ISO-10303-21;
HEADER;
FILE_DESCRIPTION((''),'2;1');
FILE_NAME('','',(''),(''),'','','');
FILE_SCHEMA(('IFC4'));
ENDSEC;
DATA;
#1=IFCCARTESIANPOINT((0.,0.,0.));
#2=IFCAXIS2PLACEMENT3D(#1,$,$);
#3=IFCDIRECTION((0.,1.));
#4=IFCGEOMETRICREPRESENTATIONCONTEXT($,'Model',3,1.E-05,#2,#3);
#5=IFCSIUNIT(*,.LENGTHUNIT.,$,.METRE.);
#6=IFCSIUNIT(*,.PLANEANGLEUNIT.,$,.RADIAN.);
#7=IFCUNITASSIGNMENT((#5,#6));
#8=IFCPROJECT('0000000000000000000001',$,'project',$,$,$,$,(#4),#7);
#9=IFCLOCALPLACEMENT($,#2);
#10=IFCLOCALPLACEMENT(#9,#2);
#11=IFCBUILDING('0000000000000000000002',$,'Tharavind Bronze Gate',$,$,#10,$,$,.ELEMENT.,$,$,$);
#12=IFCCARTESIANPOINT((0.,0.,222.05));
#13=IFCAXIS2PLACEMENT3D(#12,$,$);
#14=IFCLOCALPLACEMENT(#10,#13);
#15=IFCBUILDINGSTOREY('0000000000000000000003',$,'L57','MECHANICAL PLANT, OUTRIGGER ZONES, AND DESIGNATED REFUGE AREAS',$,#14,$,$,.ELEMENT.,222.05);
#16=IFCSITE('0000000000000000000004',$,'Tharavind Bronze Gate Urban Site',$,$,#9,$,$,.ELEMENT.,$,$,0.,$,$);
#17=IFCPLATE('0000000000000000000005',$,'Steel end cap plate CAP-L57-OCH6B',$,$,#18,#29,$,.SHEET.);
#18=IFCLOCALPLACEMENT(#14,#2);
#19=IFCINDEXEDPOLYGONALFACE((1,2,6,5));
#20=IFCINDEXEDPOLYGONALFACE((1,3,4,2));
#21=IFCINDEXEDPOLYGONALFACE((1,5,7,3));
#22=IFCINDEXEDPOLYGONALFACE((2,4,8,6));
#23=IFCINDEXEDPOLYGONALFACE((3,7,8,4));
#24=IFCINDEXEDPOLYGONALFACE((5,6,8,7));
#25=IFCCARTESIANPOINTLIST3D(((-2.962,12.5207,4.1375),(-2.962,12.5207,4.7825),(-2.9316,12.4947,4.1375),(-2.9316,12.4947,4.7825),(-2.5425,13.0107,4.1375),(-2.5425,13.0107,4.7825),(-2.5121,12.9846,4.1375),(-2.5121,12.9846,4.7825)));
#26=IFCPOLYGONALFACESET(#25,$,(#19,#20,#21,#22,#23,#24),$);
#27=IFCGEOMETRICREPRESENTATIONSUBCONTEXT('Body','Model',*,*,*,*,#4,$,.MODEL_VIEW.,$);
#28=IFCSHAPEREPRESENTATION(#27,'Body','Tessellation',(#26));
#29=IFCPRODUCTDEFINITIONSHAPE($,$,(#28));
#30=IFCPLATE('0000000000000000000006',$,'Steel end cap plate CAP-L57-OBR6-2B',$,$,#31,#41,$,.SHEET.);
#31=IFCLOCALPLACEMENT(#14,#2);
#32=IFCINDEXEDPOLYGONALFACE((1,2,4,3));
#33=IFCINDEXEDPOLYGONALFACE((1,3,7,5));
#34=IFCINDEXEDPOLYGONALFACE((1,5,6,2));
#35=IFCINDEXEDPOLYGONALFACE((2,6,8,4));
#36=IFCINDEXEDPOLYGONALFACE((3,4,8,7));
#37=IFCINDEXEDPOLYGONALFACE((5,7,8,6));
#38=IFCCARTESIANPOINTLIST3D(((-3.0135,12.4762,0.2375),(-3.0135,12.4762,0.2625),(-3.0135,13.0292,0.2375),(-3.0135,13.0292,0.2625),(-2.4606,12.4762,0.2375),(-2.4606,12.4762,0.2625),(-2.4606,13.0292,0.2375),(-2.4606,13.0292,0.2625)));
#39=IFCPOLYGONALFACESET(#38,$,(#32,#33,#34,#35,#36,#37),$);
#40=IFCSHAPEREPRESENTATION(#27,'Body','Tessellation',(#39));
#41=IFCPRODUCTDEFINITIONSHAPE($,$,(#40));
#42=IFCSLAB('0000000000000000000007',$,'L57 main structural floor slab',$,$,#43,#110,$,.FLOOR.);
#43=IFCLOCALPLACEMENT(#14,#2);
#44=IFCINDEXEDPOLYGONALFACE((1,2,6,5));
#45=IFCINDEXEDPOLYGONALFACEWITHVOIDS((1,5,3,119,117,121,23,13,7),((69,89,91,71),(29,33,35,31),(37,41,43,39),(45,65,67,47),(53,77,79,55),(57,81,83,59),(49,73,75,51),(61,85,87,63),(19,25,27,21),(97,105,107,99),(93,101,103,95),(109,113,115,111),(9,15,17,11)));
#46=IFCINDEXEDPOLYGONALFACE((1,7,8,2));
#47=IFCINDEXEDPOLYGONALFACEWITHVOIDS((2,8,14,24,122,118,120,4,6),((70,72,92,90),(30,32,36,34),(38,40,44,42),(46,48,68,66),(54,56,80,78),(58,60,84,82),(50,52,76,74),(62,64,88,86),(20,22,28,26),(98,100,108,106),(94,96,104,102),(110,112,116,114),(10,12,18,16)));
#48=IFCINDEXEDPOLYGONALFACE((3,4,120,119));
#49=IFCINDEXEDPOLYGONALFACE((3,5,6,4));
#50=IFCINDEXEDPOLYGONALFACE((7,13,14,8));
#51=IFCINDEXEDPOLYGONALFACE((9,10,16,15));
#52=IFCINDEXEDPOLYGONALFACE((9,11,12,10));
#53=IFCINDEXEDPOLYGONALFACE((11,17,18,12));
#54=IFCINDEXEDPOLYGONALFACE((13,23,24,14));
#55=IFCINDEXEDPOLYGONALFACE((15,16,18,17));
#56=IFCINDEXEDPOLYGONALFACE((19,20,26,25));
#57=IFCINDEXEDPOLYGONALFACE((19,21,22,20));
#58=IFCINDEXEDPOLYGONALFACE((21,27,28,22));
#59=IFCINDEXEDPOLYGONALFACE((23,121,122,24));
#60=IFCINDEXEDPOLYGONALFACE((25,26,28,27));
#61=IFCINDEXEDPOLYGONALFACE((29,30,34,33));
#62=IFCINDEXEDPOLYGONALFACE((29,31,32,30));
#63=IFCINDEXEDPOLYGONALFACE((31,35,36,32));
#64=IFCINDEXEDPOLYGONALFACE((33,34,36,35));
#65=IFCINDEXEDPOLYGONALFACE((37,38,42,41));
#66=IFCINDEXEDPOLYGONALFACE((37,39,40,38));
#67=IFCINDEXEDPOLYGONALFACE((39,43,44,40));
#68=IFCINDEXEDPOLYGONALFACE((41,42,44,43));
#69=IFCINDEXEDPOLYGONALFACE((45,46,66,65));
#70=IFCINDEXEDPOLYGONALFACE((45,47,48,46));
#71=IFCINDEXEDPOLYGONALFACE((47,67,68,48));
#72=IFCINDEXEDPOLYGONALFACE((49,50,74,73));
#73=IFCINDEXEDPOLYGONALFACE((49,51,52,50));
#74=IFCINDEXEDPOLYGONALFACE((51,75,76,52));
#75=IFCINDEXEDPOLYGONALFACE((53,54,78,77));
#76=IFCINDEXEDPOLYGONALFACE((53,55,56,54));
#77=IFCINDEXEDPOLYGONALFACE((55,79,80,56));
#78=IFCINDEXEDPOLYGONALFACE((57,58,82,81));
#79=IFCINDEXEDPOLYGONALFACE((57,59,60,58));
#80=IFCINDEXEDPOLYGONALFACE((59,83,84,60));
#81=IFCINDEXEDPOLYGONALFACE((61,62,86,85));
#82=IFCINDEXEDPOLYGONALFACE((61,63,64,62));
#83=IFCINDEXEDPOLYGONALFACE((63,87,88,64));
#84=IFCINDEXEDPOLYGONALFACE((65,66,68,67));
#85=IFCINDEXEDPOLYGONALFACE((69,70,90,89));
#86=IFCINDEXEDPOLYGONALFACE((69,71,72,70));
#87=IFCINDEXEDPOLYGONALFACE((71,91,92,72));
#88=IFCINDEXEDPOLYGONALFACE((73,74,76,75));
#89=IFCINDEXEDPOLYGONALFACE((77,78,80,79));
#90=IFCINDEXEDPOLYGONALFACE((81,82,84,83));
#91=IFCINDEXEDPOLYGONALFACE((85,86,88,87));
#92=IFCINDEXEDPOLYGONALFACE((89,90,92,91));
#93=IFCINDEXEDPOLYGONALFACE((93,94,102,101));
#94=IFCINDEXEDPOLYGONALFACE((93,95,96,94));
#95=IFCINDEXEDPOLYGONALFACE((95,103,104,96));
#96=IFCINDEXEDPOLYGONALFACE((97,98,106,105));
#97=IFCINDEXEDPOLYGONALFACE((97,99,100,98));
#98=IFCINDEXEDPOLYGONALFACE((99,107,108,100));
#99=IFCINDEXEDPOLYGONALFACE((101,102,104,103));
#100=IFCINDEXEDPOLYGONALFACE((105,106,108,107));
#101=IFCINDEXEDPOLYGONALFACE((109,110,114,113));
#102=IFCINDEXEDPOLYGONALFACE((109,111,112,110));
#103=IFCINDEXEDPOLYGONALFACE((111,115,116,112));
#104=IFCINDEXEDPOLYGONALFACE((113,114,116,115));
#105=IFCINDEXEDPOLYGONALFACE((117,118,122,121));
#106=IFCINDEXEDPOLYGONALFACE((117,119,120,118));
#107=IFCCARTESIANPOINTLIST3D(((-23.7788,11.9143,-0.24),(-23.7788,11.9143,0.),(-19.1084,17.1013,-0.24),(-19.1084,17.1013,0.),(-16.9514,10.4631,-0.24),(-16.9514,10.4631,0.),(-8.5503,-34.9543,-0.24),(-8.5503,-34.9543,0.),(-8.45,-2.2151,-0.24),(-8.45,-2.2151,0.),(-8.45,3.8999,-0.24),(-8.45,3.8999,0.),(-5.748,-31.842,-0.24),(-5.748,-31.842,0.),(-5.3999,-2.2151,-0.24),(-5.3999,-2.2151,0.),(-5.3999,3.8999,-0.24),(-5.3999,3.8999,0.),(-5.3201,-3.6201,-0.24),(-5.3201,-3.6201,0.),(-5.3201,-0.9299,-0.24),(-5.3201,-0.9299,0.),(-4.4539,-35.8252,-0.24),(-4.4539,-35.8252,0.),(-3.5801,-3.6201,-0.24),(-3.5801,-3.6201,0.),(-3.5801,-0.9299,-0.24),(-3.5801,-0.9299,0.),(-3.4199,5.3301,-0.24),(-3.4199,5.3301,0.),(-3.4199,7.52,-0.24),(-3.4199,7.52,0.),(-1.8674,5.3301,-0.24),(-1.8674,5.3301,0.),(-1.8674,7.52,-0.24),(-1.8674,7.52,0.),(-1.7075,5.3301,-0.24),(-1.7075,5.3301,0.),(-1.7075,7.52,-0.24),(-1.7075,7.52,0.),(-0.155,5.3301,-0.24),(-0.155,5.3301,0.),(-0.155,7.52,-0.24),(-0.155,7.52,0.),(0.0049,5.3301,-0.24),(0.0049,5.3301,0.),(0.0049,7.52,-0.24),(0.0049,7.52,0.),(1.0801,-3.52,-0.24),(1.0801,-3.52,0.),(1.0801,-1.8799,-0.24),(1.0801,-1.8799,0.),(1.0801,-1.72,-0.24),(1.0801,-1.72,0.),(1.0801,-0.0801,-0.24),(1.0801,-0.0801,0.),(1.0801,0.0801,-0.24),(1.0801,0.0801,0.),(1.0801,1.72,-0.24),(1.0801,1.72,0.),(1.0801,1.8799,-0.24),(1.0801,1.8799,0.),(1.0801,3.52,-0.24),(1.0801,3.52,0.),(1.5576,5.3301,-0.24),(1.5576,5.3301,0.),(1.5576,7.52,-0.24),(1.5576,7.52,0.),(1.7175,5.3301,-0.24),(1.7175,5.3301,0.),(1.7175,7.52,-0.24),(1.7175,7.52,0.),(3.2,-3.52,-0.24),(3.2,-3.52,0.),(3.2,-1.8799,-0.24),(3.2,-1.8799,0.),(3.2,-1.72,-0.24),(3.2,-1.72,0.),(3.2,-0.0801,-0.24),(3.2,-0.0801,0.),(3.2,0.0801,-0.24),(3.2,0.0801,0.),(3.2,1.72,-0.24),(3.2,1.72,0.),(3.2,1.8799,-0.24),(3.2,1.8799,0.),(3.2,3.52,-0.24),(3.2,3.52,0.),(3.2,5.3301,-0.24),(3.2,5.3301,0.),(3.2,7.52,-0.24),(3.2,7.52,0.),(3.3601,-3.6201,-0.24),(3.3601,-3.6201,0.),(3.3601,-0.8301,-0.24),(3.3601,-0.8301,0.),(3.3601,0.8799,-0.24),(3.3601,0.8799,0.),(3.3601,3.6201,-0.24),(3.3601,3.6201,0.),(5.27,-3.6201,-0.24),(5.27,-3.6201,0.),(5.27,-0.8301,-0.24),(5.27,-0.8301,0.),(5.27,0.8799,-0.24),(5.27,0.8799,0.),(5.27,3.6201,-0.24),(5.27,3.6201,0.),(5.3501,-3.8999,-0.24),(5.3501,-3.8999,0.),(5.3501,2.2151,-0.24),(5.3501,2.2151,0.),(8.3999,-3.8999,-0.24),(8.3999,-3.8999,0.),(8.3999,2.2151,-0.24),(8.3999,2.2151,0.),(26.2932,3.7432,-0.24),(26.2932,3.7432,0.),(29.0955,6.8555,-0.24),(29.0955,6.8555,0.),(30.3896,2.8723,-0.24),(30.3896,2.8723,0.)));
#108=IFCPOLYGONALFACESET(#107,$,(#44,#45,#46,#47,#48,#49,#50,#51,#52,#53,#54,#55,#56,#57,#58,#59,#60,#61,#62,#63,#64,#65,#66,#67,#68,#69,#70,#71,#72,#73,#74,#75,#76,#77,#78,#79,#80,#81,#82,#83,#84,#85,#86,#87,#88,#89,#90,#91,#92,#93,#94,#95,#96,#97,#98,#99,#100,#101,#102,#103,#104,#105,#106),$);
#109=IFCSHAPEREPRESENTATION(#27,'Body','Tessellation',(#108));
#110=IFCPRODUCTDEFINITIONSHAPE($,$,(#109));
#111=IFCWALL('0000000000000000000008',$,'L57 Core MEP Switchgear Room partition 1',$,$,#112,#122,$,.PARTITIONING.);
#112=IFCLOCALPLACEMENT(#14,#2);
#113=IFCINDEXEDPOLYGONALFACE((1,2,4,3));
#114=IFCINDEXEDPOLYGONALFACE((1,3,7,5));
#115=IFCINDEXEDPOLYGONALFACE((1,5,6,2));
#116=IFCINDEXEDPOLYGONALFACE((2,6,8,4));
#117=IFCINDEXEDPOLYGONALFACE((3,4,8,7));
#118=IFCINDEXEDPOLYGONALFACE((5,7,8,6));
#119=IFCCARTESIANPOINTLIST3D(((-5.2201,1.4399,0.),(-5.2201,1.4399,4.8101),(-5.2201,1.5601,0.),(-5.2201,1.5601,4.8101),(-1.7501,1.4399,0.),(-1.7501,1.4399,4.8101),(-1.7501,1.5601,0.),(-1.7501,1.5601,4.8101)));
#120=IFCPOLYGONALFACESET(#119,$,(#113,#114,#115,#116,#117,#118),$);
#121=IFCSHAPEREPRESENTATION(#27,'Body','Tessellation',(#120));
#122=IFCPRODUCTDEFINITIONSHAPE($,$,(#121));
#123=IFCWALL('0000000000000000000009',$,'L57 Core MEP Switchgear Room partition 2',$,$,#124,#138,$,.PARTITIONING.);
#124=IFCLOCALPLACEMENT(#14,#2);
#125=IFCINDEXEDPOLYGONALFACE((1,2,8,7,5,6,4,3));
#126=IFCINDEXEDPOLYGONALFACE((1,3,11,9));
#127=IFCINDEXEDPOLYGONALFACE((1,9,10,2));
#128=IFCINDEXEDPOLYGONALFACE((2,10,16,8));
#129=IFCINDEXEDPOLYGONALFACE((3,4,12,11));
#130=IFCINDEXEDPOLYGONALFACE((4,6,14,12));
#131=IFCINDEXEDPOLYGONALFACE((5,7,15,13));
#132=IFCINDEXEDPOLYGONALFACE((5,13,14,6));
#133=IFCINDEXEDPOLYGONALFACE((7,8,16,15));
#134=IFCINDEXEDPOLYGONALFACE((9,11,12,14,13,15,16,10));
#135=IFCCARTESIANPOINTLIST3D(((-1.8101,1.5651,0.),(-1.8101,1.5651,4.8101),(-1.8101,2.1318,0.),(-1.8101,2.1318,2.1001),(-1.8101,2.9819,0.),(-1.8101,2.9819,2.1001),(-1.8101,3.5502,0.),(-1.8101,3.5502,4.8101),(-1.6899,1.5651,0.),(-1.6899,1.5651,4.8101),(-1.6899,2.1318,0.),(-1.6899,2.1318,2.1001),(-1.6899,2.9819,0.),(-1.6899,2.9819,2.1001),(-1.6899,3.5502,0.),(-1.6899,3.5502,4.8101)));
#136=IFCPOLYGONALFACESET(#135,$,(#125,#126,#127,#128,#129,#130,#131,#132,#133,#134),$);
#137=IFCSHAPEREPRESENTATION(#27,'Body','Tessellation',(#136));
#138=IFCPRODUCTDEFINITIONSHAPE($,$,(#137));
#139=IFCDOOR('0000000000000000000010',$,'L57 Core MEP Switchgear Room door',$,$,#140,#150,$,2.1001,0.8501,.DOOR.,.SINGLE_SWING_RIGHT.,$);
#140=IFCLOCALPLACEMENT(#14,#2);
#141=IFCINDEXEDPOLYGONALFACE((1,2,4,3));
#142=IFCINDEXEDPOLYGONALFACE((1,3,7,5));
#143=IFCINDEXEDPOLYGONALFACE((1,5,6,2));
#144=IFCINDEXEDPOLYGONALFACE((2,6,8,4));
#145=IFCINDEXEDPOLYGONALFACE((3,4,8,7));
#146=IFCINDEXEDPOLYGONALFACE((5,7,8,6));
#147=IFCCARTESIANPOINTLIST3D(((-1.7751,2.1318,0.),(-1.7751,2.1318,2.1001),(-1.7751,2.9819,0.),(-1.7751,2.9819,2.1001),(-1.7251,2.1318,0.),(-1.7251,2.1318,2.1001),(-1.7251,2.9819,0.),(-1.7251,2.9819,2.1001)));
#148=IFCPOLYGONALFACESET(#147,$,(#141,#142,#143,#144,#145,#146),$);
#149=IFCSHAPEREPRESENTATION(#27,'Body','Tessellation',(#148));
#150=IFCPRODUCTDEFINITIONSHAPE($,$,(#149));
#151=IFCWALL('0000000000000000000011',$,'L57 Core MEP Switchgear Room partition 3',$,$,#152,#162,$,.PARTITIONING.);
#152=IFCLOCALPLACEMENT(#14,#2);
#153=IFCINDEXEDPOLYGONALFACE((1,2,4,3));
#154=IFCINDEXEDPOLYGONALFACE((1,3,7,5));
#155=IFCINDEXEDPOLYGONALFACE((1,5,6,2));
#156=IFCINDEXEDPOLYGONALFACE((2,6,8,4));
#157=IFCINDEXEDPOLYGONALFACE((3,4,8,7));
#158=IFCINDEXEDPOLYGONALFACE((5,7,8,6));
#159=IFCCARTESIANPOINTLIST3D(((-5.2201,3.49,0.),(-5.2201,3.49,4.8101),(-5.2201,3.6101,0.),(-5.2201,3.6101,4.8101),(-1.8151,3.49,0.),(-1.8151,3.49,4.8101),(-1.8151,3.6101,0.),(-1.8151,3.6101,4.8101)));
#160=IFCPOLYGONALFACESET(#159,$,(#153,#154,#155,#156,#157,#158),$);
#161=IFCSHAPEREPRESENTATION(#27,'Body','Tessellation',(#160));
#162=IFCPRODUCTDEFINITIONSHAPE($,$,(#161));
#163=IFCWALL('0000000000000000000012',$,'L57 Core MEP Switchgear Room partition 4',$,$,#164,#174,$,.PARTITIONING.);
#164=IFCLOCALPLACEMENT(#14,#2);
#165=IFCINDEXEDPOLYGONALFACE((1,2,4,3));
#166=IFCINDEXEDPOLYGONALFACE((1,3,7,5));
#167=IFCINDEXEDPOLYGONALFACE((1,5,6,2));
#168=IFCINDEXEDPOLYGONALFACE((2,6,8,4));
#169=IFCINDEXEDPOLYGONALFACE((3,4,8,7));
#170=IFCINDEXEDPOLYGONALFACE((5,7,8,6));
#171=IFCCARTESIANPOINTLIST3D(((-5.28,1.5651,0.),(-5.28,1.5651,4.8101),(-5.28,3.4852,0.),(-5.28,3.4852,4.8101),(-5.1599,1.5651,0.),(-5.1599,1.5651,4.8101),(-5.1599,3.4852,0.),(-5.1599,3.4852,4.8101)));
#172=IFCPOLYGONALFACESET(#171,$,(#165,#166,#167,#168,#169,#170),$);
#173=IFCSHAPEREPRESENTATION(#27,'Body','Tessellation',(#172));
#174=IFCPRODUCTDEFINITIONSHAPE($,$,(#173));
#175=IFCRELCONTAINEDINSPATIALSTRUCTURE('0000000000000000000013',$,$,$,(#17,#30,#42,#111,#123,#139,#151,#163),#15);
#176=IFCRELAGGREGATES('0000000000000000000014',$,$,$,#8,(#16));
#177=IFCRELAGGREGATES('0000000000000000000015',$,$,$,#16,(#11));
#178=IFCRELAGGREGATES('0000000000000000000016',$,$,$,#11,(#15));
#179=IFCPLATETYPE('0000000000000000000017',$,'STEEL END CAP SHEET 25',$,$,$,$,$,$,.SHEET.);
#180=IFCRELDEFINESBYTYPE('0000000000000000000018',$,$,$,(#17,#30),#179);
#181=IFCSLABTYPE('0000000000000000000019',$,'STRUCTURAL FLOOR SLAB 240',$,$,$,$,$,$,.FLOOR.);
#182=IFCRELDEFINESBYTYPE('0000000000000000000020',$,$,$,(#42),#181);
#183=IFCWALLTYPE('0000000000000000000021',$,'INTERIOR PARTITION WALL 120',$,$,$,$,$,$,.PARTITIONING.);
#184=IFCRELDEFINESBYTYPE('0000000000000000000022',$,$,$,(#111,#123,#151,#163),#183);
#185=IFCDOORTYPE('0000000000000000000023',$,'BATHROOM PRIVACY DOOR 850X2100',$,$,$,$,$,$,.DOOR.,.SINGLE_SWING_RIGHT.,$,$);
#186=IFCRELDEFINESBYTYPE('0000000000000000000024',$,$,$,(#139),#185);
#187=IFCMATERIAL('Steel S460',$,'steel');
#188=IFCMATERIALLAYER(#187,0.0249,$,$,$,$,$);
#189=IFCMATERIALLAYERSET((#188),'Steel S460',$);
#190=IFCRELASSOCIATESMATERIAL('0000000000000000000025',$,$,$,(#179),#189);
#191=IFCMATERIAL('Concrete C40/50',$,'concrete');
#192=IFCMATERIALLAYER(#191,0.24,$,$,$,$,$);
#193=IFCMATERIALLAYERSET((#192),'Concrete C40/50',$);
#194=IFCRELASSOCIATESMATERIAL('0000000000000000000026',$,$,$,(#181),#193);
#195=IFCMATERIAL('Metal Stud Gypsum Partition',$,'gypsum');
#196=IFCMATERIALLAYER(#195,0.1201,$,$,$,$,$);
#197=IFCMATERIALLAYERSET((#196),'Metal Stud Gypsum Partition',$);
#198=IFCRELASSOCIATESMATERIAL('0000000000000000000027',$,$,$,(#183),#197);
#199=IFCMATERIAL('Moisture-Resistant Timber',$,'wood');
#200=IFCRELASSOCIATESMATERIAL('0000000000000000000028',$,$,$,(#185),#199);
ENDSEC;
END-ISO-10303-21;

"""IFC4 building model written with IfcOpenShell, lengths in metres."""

from ifc_helpers import new_model, si_unit, direction, frame, frame_2d, origin, origin_2d, place, context, subcontext, project, spatial, polyline, rectangle, outline, extrude, material, layer, layer_set, type_object, element, fill, save


model = new_model("IFC4")

# Units and contexts
model_context = context("Model", 3, precision=1e-05, world=origin(), true_north=direction((0.0, 1.0)))
body_context = subcontext(model_context, "Body", "Model", "MODEL_VIEW")
ifc_project = project(units=[si_unit("LENGTHUNIT", "METRE"), si_unit("PLANEANGLEUNIT", "RADIAN")], contexts=[model_context])

# Site, building, storey
site_placement = place(None, origin())
site = spatial("IfcSite", under=ifc_project, at=site_placement, Name="Tharavind Bronze Gate Urban Site", CompositionType="ELEMENT", RefElevation=0.0)
building_placement = place(site_placement, origin())
building = spatial("IfcBuilding", under=site, at=building_placement, Name="Tharavind Bronze Gate", CompositionType="ELEMENT")
storey_placement = place(building_placement, frame((0.0, 0.0, 222.05)))
storey = spatial("IfcBuildingStorey", under=building, at=storey_placement, Name="L57", Description="MECHANICAL PLANT, OUTRIGGER ZONES, AND DESIGNATED REFUGE AREAS", CompositionType="ELEMENT", Elevation=222.05)

# Shared definitions
ifc_material_1 = material(Name="Steel S460", Category="steel")

# Shared definitions
ifc_material_2 = material(Name="Concrete C40/50", Category="concrete")

# Plates
ifc_layer_1 = layer(ifc_material_1, 0.0249)
ifc_layer_set_1 = layer_set([ifc_layer_1], Name="Steel S460")
plate_type = type_object("IfcPlateType", Name="STEEL END CAP SHEET 25", PredefinedType="SHEET", material=ifc_layer_set_1)
plate_1_placement = place(storey_placement, frame((-2.7371, 12.7527, 4.1375), z_axis=(0.0, 0.0, 1.0), x_axis=(-0.759563, 0.650434, 0.0)))
element("IfcPlate", 1, at=plate_1_placement, inside=storey, type_object=plate_type, Name="Steel end cap plate CAP-L57-OCH6B", PredefinedType="SHEET", context=body_context, shape_type="SweptSolid", body=[
    extrude(rectangle(XDim=0.04, YDim=0.645, at=origin_2d()), origin(), (0.0, 0.0, 1.0), 0.645),
])
plate_2_placement = place(storey_placement, frame((-2.7371, 12.7527, 0.2375), z_axis=(0.0, 0.0, 1.0), x_axis=(1.0, 0.0, 0.0)))
element("IfcPlate", 2, at=plate_2_placement, inside=storey, type_object=plate_type, Name="Steel end cap plate CAP-L57-OBR6-2B", PredefinedType="SHEET", context=body_context, shape_type="SweptSolid", body=[
    extrude(rectangle(XDim=0.553, YDim=0.553, at=origin_2d()), origin(), (0.0, 0.0, 1.0), 0.0249),
])

# Slab
ifc_layer_2 = layer(ifc_material_2, 0.24)
ifc_layer_set_2 = layer_set([ifc_layer_2], Name="Concrete C40/50")
slab_type_1 = type_object("IfcSlabType", Name="STRUCTURAL FLOOR SLAB 240", PredefinedType="FLOOR", material=ifc_layer_set_2)
slab_1_placement = place(storey_placement, frame((0.0, 0.0, -0.24)))
element("IfcSlab", 3, at=slab_1_placement, inside=storey, type_object=slab_type_1, Name="L57 main structural floor slab", PredefinedType="FLOOR", context=body_context, shape_type="SweptSolid", body=[
    extrude(outline(polyline([(-19.1084, 17.1013), (-16.9514, 10.4631), (-23.7788, 11.9143), (-8.5503, -34.9543), (-5.748, -31.842), (-4.4539, -35.8252), (30.3896, 2.8723), (26.2932, 3.7432), (29.0955, 6.8555), (-19.1084, 17.1013)]), holes=[polyline([(-5.3999, -2.2151), (-5.3999, 3.8999), (-8.45, 3.8999), (-8.45, -2.2151), (-5.3999, -2.2151)]), polyline([(5.3501, 2.2151), (5.3501, -3.8999), (8.3999, -3.8999), (8.3999, 2.2151), (5.3501, 2.2151)]), polyline([(-3.4199, 5.3301), (-1.8674, 5.3301), (-1.8674, 7.52), (-3.4199, 7.52), (-3.4199, 5.3301)]), polyline([(-1.7075, 5.3301), (-0.155, 5.3301), (-0.155, 7.52), (-1.7075, 7.52), (-1.7075, 5.3301)]), polyline([(0.0049, 5.3301), (1.5576, 5.3301), (1.5576, 7.52), (0.0049, 7.52), (0.0049, 5.3301)]), polyline([(1.7175, 5.3301), (3.2, 5.3301), (3.2, 7.52), (1.7175, 7.52), (1.7175, 5.3301)]), polyline([(1.0801, -3.52), (3.2, -3.52), (3.2, -1.8799), (1.0801, -1.8799), (1.0801, -3.52)]), polyline([(1.0801, -1.72), (3.2, -1.72), (3.2, -0.0801), (1.0801, -0.0801), (1.0801, -1.72)]), polyline([(1.0801, 0.0801), (3.2, 0.0801), (3.2, 1.72), (1.0801, 1.72), (1.0801, 0.0801)]), polyline([(1.0801, 1.8799), (3.2, 1.8799), (3.2, 3.52), (1.0801, 3.52), (1.0801, 1.8799)]), polyline([(-5.3201, -3.6201), (-3.5801, -3.6201), (-3.5801, -0.9299), (-5.3201, -0.9299), (-5.3201, -3.6201)]), polyline([(3.3601, 0.8799), (5.27, 0.8799), (5.27, 3.6201), (3.3601, 3.6201), (3.3601, 0.8799)]), polyline([(3.3601, -3.6201), (5.27, -3.6201), (5.27, -0.8301), (3.3601, -0.8301), (3.3601, -3.6201)])]), origin(), (0.0, 0.0, 1.0), 0.24),
])

# Wall
ifc_material_3 = material(Name="Metal Stud Gypsum Partition", Category="gypsum")
ifc_layer_3 = layer(ifc_material_3, 0.1201)
ifc_layer_set_3 = layer_set([ifc_layer_3], Name="Metal Stud Gypsum Partition")
wall_type_1 = type_object("IfcWallType", Name="INTERIOR PARTITION WALL 120", PredefinedType="PARTITIONING", material=ifc_layer_set_3)
wall_1_placement = place(storey_placement, frame((-5.22, 1.5, 0.0), z_axis=(0.0, 0.0, 1.0), x_axis=(1.0, 0.0, 0.0)))
element("IfcWall", 4, at=wall_1_placement, inside=storey, type_object=wall_type_1, Name="L57 Core MEP Switchgear Room partition 1", PredefinedType="PARTITIONING", context=body_context, shape_type="SweptSolid", body=[
    extrude(rectangle(XDim=3.47, YDim=0.1201, at=frame_2d((1.7349, 0.0))), origin(), (0.0, 0.0, 1.0), 4.8101),
])

# Wall, opening, door
wall_2_placement = place(storey_placement, frame((-1.75, 1.5649, 0.0), z_axis=(0.0, 0.0, 1.0), x_axis=(0.0, 1.0, 0.0)))
wall_2 = element("IfcWall", 5, at=wall_2_placement, inside=storey, type_object=wall_type_1, Name="L57 Core MEP Switchgear Room partition 2", PredefinedType="PARTITIONING", context=body_context, shape_type="SweptSolid", body=[
    extrude(rectangle(XDim=1.9851, YDim=0.1201, at=frame_2d((0.9927, 0.0))), origin(), (0.0, 0.0, 1.0), 4.8101),
])
opening_1_placement = place(wall_2_placement, frame((0.5669, 0.0, 0.0)))
opening_1 = element("IfcOpeningElement", 6, at=opening_1_placement, cuts=wall_2, PredefinedType="OPENING", context=body_context, shape_type="SweptSolid", body=[
    extrude(rectangle(XDim=0.8501, YDim=2.1001, at=frame_2d((0.425, 1.05))), frame((0.0, 0.0701, 0.0), z_axis=(0.0, -1.0, 0.0), x_axis=(1.0, 0.0, 0.0)), (0.0, 0.0, 1.0), 0.1401),
])
ifc_material_4 = material(Name="Moisture-Resistant Timber", Category="wood")
door_type = type_object("IfcDoorType", Name="BATHROOM PRIVACY DOOR 850X2100", OperationType="SINGLE_SWING_RIGHT", PredefinedType="DOOR", material=ifc_material_4)
door_1_placement = place(opening_1_placement, frame((0.8501, 0.0, 0.0), z_axis=(0.0, 0.0, 1.0), x_axis=(-1.0, 0.0, 0.0)))
door_1 = element("IfcDoor", 7, at=door_1_placement, inside=storey, type_object=door_type, Name="L57 Core MEP Switchgear Room door", OperationType="SINGLE_SWING_RIGHT", OverallHeight=2.1001, OverallWidth=0.8501, PredefinedType="DOOR", context=body_context, shape_type="SweptSolid", body=[
    extrude(rectangle(XDim=0.8501, YDim=2.1001, at=frame_2d((0.425, 1.05))), frame((0.0, 0.0249, 0.0), z_axis=(0.0, -1.0, 0.0), x_axis=(1.0, 0.0, 0.0)), (0.0, 0.0, 1.0), 0.05),
])
fill(opening_1, door_1)

# Walls
wall_3_placement = place(storey_placement, frame((-1.8149, 3.55, 0.0), z_axis=(0.0, 0.0, 1.0), x_axis=(-1.0, 0.0, 0.0)))
element("IfcWall", 8, at=wall_3_placement, inside=storey, type_object=wall_type_1, Name="L57 Core MEP Switchgear Room partition 3", PredefinedType="PARTITIONING", context=body_context, shape_type="SweptSolid", body=[
    extrude(rectangle(XDim=3.405, YDim=0.1201, at=frame_2d((1.7026, 0.0))), origin(), (0.0, 0.0, 1.0), 4.8101),
])
wall_4_placement = place(storey_placement, frame((-5.22, 3.4851, 0.0), z_axis=(0.0, 0.0, 1.0), x_axis=(0.0, -1.0, 0.0)))
element("IfcWall", 9, at=wall_4_placement, inside=storey, type_object=wall_type_1, Name="L57 Core MEP Switchgear Room partition 4", PredefinedType="PARTITIONING", context=body_context, shape_type="SweptSolid", body=[
    extrude(rectangle(XDim=1.9202, YDim=0.1201, at=frame_2d((0.96, 0.0))), origin(), (0.0, 0.0, 1.0), 4.8101),
])

save(model, "model.ifc")
